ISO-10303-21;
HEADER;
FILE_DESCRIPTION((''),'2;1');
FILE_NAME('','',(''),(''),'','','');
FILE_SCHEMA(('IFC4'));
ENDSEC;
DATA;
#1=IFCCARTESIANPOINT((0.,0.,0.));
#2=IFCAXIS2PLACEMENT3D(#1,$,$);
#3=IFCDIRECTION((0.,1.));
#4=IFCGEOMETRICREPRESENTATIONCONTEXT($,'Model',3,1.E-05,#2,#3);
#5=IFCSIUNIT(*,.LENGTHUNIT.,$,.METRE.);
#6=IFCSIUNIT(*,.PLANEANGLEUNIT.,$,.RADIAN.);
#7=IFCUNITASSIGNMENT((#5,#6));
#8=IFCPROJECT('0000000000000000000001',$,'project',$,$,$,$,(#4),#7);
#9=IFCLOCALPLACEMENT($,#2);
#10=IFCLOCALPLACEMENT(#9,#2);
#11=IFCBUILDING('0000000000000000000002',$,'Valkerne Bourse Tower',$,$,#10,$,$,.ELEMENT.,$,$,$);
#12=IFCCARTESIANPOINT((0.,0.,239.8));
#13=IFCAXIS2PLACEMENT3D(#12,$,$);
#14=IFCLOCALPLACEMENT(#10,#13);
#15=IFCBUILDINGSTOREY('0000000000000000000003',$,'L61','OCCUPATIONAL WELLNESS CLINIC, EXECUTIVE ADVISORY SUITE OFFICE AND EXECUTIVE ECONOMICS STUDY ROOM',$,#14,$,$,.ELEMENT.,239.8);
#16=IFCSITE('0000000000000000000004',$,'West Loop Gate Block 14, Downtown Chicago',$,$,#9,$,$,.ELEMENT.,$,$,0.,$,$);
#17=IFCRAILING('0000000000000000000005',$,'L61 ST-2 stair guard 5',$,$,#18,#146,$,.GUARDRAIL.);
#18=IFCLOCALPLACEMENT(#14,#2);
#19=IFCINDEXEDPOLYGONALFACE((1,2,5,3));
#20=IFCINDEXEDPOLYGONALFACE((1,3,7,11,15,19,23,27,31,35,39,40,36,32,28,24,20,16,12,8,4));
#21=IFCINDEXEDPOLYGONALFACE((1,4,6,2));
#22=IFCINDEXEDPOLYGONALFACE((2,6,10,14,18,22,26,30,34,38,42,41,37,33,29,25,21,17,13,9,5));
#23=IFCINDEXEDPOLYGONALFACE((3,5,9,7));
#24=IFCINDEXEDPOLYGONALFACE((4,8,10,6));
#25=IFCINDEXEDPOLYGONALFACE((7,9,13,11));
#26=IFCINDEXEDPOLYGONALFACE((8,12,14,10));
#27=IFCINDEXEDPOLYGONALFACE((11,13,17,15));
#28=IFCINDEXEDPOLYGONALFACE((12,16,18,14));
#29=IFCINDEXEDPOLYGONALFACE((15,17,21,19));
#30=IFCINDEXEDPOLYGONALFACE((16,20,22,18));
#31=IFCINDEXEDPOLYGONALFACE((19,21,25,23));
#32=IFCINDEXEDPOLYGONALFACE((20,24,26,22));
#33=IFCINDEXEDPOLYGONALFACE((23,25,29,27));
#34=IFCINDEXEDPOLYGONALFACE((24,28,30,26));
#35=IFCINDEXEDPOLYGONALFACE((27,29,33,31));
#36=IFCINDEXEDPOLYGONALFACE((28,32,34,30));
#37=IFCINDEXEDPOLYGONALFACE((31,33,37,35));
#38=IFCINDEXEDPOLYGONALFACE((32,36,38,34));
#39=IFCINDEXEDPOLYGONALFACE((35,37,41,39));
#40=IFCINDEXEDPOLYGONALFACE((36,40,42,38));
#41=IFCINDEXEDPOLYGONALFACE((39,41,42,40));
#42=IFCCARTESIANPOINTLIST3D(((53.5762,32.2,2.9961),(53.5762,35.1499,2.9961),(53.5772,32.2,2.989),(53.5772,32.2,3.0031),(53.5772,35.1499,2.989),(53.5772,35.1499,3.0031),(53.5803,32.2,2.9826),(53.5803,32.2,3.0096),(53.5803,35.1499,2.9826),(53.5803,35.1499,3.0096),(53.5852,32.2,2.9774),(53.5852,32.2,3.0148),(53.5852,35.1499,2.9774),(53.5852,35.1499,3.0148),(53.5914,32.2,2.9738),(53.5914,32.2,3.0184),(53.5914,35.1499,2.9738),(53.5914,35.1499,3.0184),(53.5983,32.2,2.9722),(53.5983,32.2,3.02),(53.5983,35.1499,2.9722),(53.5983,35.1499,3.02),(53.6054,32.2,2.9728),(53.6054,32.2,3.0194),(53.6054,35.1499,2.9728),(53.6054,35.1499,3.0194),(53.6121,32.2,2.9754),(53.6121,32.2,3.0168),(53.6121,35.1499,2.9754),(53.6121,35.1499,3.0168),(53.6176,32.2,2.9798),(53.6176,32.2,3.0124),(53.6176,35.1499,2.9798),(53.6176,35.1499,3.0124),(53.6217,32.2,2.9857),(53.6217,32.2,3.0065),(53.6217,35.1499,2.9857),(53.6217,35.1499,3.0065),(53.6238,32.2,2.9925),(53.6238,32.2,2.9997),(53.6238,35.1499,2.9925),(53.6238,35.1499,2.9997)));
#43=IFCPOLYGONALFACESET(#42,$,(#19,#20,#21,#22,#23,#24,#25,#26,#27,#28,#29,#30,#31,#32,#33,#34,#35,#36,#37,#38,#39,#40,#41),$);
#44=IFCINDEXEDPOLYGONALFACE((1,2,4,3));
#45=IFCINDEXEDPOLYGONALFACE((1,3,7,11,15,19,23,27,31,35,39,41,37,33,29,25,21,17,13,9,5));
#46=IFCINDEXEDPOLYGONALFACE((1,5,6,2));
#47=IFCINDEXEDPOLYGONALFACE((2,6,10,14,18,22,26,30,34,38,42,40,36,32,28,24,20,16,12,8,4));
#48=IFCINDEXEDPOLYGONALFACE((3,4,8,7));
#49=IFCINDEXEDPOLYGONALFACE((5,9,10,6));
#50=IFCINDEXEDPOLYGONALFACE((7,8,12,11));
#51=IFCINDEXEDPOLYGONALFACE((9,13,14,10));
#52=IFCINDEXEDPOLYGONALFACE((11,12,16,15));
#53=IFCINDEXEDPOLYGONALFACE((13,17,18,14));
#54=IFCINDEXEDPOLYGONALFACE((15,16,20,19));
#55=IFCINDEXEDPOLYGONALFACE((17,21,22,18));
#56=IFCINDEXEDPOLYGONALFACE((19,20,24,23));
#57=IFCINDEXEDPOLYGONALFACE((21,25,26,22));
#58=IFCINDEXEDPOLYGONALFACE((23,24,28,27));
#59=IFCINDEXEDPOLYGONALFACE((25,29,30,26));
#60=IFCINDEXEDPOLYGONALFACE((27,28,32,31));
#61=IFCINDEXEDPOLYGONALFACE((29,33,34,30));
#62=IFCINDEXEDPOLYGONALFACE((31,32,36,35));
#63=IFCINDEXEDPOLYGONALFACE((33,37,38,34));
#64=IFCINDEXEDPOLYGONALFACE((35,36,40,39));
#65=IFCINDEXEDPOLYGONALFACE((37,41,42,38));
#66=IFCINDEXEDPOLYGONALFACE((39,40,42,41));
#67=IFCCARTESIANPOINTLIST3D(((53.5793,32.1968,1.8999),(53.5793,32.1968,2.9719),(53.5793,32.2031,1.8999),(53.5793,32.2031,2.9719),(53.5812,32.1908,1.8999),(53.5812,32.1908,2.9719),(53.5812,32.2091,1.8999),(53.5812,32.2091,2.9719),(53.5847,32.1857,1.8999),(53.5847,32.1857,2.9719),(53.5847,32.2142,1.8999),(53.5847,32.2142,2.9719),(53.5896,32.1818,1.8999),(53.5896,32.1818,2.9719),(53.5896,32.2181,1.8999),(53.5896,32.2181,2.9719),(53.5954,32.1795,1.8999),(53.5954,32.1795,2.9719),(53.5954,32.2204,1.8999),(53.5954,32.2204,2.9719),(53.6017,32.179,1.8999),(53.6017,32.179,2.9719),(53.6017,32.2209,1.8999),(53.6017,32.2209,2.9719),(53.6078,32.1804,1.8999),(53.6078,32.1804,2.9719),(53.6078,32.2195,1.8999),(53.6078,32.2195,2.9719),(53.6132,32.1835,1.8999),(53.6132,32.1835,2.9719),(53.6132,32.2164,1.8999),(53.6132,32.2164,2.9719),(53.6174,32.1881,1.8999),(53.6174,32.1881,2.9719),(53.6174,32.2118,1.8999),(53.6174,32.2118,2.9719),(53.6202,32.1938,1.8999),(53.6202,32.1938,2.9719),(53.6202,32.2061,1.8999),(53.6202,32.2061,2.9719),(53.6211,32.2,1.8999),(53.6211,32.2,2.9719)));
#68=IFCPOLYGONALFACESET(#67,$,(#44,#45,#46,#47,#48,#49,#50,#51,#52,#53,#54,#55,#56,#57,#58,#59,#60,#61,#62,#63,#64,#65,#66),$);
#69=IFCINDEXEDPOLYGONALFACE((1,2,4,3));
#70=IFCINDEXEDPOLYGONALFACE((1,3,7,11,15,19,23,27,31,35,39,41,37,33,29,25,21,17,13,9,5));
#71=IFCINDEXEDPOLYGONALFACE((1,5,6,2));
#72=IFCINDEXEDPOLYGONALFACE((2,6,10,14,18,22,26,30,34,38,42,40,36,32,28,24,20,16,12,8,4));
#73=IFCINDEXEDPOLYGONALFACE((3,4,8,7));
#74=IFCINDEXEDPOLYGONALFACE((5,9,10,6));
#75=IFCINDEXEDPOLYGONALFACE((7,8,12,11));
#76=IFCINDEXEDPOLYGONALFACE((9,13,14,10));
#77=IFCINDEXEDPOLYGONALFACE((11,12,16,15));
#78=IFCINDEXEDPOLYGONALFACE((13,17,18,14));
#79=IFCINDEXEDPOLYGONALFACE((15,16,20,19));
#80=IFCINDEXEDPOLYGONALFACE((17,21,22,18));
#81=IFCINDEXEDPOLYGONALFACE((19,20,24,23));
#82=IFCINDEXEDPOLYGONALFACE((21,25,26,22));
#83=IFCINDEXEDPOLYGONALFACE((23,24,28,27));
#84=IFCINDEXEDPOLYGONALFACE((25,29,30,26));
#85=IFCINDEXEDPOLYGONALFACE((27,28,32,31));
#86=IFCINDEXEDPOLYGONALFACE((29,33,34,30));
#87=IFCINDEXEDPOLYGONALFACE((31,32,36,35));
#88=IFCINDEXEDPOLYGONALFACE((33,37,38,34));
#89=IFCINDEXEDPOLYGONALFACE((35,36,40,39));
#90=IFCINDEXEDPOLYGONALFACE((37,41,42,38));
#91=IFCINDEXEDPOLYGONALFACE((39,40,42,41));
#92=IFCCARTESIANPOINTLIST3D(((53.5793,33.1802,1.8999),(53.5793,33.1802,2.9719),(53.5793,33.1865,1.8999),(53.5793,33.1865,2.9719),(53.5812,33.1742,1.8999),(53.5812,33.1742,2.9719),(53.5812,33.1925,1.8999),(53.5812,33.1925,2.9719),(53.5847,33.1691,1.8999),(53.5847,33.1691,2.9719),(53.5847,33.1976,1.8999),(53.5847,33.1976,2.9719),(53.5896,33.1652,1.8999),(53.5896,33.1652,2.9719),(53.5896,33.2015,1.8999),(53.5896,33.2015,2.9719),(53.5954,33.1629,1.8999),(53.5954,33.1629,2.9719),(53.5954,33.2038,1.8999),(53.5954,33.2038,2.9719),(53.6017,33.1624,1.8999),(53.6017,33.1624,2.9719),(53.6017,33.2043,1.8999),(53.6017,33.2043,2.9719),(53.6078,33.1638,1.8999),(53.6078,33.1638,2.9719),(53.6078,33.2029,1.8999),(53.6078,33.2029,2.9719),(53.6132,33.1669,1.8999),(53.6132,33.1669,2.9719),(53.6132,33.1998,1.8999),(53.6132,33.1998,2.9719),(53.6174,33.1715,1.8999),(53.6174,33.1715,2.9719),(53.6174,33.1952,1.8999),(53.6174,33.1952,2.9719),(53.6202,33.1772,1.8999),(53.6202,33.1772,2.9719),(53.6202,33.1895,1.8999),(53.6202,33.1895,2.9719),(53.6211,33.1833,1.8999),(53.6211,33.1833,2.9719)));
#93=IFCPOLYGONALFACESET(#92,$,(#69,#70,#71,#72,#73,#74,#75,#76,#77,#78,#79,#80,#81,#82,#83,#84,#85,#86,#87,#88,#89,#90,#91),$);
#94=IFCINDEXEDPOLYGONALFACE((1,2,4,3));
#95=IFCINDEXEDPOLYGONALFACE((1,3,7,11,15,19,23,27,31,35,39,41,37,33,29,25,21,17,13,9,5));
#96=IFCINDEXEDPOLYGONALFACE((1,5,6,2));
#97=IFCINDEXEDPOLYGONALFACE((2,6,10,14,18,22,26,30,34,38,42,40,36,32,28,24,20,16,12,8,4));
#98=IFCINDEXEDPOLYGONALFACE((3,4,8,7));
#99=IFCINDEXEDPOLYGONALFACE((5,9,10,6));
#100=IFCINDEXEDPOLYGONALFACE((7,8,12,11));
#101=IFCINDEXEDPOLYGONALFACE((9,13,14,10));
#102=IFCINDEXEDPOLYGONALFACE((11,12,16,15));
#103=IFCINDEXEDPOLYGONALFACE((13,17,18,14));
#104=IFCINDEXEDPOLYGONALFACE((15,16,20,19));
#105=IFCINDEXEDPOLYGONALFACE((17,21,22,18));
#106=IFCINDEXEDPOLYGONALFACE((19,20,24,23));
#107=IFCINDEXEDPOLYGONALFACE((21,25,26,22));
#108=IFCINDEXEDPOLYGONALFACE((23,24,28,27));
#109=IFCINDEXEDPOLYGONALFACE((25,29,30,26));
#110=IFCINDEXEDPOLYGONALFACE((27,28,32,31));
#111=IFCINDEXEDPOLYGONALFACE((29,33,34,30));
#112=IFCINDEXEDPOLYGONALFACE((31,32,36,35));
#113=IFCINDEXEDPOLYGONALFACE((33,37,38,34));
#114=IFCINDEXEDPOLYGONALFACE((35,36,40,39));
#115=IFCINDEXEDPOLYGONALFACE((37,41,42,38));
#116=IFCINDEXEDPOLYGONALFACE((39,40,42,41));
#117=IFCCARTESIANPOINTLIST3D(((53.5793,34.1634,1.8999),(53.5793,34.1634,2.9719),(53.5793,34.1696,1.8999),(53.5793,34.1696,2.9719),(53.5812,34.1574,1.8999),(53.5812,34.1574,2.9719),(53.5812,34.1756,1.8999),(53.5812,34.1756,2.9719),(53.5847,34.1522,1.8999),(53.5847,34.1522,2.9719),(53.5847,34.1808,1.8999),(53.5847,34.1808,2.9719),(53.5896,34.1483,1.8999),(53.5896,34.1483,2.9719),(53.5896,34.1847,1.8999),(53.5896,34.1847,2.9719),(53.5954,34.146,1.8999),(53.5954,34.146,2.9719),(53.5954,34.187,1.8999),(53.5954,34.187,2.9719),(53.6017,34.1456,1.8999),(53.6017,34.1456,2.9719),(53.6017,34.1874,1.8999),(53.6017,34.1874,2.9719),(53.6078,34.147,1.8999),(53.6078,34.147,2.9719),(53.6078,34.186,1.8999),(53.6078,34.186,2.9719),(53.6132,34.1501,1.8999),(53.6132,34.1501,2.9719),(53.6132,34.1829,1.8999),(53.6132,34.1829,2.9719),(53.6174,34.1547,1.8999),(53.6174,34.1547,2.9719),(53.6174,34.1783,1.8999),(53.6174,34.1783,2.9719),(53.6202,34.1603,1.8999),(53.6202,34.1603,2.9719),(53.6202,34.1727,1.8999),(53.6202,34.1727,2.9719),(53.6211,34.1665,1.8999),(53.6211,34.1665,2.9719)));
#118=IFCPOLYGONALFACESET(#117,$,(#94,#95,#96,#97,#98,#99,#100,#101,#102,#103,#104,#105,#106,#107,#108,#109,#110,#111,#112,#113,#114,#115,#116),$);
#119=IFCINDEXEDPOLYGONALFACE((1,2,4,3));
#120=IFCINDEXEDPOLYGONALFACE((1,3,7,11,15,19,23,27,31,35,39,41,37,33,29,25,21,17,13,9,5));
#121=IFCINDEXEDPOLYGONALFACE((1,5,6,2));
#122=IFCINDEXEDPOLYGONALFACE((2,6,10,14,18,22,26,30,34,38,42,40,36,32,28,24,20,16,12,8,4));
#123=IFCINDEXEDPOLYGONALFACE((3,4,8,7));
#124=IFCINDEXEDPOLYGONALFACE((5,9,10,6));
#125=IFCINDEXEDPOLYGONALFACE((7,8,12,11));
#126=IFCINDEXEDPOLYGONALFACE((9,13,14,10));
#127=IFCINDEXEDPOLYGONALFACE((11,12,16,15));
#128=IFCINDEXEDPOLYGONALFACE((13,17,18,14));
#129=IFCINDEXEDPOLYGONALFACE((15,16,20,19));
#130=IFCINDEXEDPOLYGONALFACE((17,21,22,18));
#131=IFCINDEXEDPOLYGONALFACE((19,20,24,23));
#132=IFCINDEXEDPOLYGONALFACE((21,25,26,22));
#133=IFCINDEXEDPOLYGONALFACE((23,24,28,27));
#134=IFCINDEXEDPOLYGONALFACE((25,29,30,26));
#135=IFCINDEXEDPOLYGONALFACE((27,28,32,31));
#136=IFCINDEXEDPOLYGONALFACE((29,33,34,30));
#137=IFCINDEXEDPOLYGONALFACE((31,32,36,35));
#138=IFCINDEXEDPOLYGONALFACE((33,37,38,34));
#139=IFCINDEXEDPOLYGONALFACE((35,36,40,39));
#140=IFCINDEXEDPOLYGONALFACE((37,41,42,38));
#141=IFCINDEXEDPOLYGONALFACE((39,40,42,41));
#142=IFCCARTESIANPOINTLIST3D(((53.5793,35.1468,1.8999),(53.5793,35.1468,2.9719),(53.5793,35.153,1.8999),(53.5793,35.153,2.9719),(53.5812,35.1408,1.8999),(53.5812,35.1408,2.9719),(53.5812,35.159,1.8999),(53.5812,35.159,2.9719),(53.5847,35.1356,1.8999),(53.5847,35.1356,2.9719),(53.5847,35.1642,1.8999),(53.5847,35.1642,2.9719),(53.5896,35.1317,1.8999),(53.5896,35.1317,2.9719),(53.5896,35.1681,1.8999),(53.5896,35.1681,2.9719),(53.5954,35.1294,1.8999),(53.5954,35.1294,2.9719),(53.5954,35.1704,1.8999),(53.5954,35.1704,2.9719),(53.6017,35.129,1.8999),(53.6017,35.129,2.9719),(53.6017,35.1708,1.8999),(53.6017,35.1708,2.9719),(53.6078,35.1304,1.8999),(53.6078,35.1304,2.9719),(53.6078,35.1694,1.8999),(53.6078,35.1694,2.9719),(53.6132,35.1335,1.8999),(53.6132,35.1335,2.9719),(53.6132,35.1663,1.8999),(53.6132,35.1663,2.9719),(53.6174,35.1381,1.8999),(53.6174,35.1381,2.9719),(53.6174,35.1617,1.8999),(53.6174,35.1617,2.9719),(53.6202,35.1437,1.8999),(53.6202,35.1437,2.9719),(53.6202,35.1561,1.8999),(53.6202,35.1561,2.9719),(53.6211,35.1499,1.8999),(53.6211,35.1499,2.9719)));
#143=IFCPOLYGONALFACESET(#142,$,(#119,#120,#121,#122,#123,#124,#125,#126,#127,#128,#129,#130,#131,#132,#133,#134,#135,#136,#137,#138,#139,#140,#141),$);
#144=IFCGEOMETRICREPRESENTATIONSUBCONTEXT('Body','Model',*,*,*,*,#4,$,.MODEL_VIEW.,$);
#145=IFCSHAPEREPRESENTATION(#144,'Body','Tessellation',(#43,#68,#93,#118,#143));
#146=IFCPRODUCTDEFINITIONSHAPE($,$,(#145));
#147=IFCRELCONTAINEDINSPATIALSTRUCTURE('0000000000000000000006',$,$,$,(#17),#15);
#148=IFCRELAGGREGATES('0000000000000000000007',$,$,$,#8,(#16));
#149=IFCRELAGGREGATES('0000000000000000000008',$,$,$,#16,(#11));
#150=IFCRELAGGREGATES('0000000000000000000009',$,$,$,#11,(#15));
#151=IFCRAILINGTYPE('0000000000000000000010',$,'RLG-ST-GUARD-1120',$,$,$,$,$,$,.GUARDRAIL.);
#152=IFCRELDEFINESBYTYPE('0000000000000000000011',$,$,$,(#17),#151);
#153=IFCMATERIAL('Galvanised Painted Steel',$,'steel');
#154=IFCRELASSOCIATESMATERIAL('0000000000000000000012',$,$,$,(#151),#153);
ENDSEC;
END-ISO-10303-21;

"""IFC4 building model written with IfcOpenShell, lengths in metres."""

from ifc_helpers import new_model, si_unit, direction, frame, origin, origin_2d, place, context, subcontext, project, spatial, circle, extrude, material, type_object, element, save


model = new_model("IFC4")

# Units and contexts
model_context = context("Model", 3, precision=1e-05, world=origin(), true_north=direction((0.0, 1.0)))
body_context = subcontext(model_context, "Body", "Model", "MODEL_VIEW")
ifc_project = project(units=[si_unit("LENGTHUNIT", "METRE"), si_unit("PLANEANGLEUNIT", "RADIAN")], contexts=[model_context])

# Site, building, storey
site_placement = place(None, origin())
site = spatial("IfcSite", under=ifc_project, at=site_placement, Name="West Loop Gate Block 14, Downtown Chicago", CompositionType="ELEMENT", RefElevation=0.0)
building_placement = place(site_placement, origin())
building = spatial("IfcBuilding", under=site, at=building_placement, Name="Valkerne Bourse Tower", CompositionType="ELEMENT")
storey_placement = place(building_placement, frame((0.0, 0.0, 239.8)))
storey = spatial("IfcBuildingStorey", under=building, at=storey_placement, Name="L61", Description="OCCUPATIONAL WELLNESS CLINIC, EXECUTIVE ADVISORY SUITE OFFICE AND EXECUTIVE ECONOMICS STUDY ROOM", CompositionType="ELEMENT", Elevation=239.8)

# Railing
ifc_material_1 = material(Name="Galvanised Painted Steel", Category="steel")
railing_type = type_object("IfcRailingType", Name="RLG-ST-GUARD-1120", PredefinedType="GUARDRAIL", material=ifc_material_1)
railing_placement = place(storey_placement, frame((53.6001, 32.2, 1.8999)))
element("IfcRailing", 1, at=railing_placement, inside=storey, type_object=railing_type, Name="L61 ST-2 stair guard 5", PredefinedType="GUARDRAIL", context=body_context, shape_type="SweptSolid", body=[
    extrude(circle(Radius=0.0239, at=origin_2d()), frame((0.0, 0.0, 1.0962), z_axis=(0.0, 1.0, 0.0), x_axis=(-1.0, 0.0, 0.0)), (0.0, 0.0, 1.0), 2.95),
    extrude(circle(Radius=0.021, at=origin_2d()), origin(), (0.0, 0.0, 1.0), 1.072),
    extrude(circle(Radius=0.021, at=origin_2d()), frame((0.0, 0.9834, 0.0)), (0.0, 0.0, 1.0), 1.072),
    extrude(circle(Radius=0.021, at=origin_2d()), frame((0.0, 1.9666, 0.0)), (0.0, 0.0, 1.0), 1.072),
    extrude(circle(Radius=0.021, at=origin_2d()), frame((0.0, 2.95, 0.0)), (0.0, 0.0, 1.0), 1.072),
])

save(model, "model.ifc")
